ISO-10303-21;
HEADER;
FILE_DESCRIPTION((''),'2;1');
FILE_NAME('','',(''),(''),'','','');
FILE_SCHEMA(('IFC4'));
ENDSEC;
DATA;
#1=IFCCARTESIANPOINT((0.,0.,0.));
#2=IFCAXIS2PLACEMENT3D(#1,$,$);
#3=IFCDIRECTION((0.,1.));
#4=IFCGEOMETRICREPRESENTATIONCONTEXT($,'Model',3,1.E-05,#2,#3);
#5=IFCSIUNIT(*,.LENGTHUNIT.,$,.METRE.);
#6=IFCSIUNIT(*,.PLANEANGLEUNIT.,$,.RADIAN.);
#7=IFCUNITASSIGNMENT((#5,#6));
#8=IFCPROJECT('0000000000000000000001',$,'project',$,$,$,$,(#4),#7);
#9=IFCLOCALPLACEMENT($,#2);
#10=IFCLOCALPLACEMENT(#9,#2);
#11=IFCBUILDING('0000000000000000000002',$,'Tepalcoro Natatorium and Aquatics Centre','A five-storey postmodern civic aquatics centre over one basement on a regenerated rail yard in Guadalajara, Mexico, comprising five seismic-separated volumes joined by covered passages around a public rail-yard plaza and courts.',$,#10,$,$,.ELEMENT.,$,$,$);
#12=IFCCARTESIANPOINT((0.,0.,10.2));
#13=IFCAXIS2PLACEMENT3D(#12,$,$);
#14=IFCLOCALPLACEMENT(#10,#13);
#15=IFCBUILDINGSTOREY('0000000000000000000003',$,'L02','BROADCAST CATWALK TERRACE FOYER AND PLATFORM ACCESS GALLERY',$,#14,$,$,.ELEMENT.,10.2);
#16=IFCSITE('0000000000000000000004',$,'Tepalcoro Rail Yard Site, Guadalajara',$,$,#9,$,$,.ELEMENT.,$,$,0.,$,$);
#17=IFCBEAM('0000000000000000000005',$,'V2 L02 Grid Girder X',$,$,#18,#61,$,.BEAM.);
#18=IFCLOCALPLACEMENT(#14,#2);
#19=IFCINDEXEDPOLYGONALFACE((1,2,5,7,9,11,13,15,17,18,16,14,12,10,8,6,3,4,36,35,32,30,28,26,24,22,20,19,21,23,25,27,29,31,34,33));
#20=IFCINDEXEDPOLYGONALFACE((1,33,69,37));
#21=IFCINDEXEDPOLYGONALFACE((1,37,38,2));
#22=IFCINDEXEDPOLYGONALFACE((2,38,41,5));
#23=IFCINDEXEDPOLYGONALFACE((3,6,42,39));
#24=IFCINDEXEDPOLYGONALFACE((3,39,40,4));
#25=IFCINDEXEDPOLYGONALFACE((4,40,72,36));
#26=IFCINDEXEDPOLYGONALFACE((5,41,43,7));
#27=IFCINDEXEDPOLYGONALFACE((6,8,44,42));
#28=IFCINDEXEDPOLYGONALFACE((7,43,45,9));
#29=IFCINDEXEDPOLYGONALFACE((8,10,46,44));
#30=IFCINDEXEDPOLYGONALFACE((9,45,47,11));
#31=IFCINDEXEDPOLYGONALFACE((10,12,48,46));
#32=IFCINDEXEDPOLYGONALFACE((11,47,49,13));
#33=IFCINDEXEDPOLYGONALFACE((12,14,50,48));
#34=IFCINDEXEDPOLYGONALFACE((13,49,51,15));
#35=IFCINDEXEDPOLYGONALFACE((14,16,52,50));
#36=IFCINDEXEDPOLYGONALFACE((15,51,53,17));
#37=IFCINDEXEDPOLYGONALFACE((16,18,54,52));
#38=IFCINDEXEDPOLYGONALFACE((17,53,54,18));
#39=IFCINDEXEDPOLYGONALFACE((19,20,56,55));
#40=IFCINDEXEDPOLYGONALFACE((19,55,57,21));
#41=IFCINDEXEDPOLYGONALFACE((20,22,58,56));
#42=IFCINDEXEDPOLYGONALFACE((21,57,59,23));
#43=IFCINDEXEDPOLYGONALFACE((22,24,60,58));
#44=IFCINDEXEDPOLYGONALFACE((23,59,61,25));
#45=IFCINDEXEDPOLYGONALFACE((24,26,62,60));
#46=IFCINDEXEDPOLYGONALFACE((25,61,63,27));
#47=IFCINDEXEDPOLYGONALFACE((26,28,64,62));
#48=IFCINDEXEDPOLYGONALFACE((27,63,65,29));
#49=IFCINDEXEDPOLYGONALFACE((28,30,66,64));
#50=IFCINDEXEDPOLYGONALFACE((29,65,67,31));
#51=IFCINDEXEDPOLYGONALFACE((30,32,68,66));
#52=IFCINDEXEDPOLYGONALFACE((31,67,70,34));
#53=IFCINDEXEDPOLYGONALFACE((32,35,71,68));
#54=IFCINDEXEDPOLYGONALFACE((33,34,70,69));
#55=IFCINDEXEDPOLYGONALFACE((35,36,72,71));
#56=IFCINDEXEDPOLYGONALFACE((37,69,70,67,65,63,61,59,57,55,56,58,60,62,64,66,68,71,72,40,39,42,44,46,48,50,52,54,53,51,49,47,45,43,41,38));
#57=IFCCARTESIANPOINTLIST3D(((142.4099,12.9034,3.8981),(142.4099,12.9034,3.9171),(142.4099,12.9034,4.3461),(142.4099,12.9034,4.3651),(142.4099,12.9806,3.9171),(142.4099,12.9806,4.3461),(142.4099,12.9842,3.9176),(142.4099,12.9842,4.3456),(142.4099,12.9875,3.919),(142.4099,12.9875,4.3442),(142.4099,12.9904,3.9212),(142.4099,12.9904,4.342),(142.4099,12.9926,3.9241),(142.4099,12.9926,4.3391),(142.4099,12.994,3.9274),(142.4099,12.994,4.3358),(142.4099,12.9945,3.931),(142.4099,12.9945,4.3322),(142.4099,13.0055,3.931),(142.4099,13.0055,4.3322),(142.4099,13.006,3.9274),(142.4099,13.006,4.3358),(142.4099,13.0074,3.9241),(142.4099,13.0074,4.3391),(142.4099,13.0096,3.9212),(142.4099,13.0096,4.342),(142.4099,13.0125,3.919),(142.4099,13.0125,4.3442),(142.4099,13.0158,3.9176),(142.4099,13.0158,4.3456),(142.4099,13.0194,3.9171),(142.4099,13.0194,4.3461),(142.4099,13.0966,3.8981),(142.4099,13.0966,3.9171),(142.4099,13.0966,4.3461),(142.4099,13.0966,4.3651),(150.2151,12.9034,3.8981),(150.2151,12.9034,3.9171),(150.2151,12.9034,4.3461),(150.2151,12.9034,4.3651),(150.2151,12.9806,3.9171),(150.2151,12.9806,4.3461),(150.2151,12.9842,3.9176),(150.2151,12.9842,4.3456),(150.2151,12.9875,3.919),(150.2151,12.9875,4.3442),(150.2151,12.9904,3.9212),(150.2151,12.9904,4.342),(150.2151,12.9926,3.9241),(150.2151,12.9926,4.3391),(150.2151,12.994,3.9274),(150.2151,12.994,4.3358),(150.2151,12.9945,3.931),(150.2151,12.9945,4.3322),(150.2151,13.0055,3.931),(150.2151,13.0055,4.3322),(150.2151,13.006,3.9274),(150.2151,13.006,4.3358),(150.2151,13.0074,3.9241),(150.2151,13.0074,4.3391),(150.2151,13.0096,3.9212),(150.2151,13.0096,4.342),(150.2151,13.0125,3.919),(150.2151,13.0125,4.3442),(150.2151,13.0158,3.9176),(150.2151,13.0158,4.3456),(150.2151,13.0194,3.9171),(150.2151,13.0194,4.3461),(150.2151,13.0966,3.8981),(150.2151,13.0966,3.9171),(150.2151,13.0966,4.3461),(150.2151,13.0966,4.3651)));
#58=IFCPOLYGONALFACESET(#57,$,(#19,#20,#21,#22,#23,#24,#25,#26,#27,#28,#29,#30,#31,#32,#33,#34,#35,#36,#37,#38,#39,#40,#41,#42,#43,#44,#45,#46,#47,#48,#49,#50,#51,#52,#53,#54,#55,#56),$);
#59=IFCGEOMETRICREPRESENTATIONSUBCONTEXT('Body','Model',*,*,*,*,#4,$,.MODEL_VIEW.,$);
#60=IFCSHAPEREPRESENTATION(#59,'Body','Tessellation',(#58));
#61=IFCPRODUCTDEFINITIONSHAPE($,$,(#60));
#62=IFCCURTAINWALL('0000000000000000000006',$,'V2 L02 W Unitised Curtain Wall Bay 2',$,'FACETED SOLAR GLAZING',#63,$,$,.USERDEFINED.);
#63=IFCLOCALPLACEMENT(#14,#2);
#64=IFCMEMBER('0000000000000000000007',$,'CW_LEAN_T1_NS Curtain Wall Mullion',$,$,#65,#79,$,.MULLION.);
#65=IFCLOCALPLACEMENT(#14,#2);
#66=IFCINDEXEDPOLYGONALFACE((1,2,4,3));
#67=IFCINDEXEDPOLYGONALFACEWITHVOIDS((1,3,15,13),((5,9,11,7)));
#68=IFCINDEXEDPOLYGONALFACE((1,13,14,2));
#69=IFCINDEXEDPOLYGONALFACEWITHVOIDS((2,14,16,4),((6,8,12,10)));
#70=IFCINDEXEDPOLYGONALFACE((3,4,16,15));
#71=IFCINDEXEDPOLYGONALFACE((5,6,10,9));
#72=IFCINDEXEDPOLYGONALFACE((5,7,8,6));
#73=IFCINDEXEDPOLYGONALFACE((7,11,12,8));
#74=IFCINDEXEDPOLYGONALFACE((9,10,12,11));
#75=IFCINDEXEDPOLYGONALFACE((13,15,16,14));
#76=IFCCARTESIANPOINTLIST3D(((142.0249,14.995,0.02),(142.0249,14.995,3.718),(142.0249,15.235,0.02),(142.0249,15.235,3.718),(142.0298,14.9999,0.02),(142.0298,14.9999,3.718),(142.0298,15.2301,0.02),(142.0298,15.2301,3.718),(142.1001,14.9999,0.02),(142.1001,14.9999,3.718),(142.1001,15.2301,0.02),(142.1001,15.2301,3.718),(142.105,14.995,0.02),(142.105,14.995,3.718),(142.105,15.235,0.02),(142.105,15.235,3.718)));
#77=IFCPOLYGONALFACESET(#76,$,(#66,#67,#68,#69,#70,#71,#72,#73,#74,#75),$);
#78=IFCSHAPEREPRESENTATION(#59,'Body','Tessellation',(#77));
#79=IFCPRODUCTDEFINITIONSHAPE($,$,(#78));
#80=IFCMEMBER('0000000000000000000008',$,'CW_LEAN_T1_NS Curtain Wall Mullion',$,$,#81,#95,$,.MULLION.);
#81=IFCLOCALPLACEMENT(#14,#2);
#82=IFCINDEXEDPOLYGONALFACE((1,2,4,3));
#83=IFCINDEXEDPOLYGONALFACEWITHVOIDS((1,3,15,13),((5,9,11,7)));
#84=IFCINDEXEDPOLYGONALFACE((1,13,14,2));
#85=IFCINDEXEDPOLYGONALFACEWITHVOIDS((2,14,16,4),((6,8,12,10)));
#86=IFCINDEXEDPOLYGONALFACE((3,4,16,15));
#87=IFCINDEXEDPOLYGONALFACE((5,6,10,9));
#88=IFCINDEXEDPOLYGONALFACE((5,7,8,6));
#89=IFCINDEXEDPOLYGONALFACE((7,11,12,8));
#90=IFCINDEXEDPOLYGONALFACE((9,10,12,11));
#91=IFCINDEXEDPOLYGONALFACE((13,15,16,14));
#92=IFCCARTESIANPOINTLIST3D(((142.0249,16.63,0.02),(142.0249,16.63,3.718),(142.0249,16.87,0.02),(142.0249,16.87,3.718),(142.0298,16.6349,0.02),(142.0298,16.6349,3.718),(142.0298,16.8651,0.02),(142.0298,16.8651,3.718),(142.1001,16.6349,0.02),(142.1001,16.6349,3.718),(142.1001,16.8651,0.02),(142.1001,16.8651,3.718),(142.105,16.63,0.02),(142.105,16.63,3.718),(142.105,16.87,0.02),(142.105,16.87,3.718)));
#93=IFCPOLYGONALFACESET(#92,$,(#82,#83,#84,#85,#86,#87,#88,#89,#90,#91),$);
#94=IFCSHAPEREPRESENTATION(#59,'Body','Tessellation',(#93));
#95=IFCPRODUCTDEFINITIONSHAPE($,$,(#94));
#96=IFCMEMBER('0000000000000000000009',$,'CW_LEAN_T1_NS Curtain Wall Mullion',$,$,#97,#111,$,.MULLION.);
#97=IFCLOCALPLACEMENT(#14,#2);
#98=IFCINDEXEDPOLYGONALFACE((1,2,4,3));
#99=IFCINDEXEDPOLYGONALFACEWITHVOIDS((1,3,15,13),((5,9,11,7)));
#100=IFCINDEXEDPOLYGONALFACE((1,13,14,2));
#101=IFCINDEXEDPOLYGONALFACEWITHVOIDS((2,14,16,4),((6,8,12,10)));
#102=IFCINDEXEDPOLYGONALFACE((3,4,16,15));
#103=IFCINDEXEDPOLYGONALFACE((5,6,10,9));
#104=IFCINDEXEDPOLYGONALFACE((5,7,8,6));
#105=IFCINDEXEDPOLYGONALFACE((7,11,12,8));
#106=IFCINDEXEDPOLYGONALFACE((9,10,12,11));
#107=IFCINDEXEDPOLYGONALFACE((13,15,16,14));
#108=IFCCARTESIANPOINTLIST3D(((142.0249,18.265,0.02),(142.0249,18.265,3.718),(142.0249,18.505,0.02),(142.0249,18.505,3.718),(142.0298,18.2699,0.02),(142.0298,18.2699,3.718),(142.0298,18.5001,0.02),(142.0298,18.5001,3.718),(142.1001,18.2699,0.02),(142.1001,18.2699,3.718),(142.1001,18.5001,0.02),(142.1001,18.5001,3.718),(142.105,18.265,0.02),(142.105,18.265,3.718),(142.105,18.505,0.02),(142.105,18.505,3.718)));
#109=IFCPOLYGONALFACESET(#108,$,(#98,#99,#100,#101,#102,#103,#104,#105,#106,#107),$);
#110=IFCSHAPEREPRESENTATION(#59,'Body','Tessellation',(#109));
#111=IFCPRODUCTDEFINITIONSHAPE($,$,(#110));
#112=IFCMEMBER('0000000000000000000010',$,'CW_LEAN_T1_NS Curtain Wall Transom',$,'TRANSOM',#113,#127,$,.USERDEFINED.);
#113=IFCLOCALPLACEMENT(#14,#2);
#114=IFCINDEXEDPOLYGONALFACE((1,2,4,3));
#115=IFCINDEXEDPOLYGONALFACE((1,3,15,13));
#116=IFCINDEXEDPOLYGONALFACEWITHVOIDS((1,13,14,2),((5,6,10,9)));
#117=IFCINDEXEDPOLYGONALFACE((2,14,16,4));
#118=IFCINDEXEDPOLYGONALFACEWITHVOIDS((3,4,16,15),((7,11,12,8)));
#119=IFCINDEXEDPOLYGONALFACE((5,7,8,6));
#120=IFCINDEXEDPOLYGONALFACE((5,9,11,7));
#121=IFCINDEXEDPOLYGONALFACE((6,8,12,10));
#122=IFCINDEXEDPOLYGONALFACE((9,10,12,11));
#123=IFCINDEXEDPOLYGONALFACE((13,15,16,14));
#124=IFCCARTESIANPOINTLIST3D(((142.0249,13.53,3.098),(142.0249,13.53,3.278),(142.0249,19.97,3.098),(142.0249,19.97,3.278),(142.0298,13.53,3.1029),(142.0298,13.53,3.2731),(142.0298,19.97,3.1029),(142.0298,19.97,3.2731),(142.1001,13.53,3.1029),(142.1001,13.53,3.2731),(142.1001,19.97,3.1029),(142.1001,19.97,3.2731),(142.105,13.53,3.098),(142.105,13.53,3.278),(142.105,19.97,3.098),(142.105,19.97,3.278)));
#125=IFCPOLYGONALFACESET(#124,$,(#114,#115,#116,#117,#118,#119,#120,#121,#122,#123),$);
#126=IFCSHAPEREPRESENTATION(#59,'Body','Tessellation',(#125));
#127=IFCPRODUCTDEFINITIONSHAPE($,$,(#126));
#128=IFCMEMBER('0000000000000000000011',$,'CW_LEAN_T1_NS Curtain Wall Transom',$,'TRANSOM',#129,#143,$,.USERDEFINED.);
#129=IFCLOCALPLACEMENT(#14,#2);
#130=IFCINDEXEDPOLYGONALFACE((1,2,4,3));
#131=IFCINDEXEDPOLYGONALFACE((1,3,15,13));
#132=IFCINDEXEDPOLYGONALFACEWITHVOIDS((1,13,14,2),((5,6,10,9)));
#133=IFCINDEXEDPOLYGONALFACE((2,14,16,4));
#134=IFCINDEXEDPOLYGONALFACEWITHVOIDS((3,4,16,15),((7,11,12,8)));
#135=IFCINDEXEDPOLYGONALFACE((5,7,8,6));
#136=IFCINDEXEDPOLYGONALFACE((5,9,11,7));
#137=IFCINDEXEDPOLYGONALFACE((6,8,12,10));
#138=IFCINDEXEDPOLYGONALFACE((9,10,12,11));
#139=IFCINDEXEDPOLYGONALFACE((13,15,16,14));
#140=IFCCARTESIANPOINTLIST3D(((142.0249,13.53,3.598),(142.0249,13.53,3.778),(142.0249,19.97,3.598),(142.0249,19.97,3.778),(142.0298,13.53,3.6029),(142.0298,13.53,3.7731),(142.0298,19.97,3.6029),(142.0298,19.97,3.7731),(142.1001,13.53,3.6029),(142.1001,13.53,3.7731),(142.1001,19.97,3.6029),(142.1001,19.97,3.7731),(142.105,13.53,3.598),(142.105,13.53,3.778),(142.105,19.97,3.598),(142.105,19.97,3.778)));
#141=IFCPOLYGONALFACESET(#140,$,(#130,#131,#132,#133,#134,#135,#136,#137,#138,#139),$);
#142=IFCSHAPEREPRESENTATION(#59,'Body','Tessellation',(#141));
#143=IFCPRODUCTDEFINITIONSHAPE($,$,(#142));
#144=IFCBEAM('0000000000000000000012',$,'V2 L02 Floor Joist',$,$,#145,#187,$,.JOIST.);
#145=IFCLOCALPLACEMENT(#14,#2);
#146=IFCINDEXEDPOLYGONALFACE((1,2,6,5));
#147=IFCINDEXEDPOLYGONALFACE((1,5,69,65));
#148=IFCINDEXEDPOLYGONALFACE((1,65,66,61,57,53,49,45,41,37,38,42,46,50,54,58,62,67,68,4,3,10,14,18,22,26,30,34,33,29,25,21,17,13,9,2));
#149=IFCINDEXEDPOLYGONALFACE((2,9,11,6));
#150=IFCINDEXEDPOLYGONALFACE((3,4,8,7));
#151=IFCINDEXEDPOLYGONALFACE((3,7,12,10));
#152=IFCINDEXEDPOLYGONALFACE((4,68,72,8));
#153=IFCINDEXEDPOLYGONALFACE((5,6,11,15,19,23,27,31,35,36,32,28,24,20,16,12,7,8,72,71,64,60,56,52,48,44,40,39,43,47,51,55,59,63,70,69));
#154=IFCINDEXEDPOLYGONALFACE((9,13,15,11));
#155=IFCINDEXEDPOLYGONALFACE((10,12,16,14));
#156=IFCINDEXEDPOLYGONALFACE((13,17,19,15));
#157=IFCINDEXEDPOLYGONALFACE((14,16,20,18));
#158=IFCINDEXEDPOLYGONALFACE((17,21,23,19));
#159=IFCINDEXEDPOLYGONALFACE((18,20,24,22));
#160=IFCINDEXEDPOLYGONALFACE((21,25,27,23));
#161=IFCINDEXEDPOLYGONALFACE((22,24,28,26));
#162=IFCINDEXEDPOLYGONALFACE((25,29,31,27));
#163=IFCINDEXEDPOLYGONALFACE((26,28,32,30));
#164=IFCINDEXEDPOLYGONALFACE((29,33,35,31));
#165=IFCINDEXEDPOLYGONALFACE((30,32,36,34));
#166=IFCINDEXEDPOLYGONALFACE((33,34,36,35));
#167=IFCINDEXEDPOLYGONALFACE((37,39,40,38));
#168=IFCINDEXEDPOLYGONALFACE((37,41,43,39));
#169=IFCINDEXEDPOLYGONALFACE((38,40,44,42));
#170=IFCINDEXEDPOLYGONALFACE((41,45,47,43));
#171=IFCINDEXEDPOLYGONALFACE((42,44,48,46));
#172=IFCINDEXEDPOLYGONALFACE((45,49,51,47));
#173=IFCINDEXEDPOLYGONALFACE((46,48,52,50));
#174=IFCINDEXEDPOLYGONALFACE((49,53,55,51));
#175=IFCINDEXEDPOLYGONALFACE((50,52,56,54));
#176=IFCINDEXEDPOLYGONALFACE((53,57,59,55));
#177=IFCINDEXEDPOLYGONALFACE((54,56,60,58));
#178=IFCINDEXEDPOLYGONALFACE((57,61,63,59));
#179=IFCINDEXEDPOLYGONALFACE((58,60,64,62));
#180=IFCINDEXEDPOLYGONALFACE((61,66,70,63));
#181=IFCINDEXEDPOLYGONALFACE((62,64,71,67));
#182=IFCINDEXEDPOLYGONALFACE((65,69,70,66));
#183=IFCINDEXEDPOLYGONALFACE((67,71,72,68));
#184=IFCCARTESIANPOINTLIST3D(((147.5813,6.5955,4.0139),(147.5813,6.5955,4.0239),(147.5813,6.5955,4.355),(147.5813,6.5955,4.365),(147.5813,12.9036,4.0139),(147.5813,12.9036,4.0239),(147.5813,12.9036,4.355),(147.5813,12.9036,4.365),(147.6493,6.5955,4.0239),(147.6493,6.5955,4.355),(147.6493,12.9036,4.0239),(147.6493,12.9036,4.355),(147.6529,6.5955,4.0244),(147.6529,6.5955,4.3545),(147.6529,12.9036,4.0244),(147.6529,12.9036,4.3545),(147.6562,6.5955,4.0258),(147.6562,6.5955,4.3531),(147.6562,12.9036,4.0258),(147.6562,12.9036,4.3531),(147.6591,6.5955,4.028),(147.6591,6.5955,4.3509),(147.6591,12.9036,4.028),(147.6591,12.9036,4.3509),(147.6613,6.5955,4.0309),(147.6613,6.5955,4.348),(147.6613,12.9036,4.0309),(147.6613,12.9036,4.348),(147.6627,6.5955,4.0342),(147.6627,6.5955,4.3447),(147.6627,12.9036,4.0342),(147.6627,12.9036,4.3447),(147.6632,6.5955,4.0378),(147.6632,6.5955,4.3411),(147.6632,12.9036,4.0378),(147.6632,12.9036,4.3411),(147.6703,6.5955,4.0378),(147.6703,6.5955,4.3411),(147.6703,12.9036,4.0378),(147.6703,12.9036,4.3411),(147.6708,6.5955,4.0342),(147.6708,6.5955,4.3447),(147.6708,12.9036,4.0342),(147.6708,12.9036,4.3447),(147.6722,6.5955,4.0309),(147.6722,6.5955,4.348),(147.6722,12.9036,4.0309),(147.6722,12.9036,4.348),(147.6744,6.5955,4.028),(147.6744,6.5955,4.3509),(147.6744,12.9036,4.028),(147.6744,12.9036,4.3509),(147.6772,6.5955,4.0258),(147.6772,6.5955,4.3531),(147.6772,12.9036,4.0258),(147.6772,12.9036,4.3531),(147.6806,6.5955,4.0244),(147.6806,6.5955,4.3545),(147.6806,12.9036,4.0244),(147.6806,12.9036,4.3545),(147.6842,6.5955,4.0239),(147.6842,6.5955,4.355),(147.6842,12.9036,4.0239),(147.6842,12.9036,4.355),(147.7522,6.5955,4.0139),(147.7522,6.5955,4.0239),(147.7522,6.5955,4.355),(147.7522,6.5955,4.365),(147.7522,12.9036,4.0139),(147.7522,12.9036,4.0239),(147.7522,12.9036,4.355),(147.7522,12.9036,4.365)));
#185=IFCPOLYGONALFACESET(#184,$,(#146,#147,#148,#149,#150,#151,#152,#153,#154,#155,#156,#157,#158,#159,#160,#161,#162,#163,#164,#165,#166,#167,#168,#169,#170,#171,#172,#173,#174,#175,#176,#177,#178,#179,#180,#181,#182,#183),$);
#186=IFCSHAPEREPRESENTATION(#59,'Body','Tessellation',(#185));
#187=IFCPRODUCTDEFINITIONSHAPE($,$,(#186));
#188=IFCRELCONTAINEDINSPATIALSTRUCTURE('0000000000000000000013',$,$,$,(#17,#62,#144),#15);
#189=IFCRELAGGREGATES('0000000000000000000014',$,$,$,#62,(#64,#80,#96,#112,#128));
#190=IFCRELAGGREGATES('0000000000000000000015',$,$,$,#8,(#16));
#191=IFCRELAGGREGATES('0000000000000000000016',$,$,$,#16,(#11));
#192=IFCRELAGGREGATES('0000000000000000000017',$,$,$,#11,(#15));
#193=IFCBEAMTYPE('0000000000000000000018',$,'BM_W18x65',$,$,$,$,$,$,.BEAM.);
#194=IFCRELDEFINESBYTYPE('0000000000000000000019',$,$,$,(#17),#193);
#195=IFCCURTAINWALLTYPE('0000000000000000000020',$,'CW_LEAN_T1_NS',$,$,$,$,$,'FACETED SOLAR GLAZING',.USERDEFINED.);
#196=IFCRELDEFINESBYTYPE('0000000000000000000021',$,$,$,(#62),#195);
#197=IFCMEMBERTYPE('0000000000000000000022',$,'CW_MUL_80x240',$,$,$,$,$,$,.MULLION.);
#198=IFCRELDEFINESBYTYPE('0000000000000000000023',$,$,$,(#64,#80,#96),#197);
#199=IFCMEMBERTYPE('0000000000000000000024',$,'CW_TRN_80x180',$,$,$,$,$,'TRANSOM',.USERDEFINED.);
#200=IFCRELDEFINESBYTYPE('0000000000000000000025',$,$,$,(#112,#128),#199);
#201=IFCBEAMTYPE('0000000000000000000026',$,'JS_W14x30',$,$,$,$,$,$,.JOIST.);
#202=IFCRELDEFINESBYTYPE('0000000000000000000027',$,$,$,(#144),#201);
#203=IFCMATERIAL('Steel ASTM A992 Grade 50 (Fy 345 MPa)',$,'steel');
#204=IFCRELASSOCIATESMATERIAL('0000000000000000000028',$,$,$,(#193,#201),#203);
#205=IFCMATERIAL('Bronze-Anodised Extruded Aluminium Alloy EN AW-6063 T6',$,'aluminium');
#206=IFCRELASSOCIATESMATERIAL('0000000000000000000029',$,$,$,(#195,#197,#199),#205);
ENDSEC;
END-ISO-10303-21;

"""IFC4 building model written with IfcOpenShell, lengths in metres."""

from ifc_helpers import new_model, si_unit, direction, frame, origin, origin_2d, place, context, subcontext, project, spatial, hollow_rectangle, i_section, extrude, material, material_profile, profile_set, type_object, element, aggregate, save


model = new_model("IFC4")

# Units and contexts
model_context = context("Model", 3, precision=1e-05, world=origin(), true_north=direction((0.0, 1.0)))
body_context = subcontext(model_context, "Body", "Model", "MODEL_VIEW")
ifc_project = project(units=[si_unit("LENGTHUNIT", "METRE"), si_unit("PLANEANGLEUNIT", "RADIAN")], contexts=[model_context])

# Site, building, storey
site_placement = place(None, origin())
site = spatial("IfcSite", under=ifc_project, at=site_placement, Name="Tepalcoro Rail Yard Site, Guadalajara", CompositionType="ELEMENT", RefElevation=0.0)
building_placement = place(site_placement, origin())
building = spatial("IfcBuilding", under=site, at=building_placement, Name="Tepalcoro Natatorium and Aquatics Centre", Description="A five-storey postmodern civic aquatics centre over one basement on a regenerated rail yard in Guadalajara, Mexico, comprising five seismic-separated volumes joined by covered passages around a public rail-yard plaza and courts.", CompositionType="ELEMENT")
storey_placement = place(building_placement, frame((0.0, 0.0, 10.2)))
storey = spatial("IfcBuildingStorey", under=building, at=storey_placement, Name="L02", Description="BROADCAST CATWALK TERRACE FOYER AND PLATFORM ACCESS GALLERY", CompositionType="ELEMENT", Elevation=10.2)

# Beam
ifc_material_1 = material(Name="Steel ASTM A992 Grade 50 (Fy 345 MPa)", Category="steel")
ifc_material_profile_1 = material_profile(ifc_material_1, i_section(OverallWidth=0.1931, OverallDepth=0.467, WebThickness=0.011, FlangeThickness=0.019, FilletRadius=0.0139, at=origin_2d()), Name="W18X65")
ifc_profile_set_1 = profile_set([ifc_material_profile_1], Name="Steel ASTM A992 Grade 50 (Fy 345 MPa)")
beam_type_1 = type_object("IfcBeamType", Name="BM_W18x65", PredefinedType="BEAM", material=ifc_profile_set_1)
beam_1_placement = place(storey_placement, frame((142.4099, 13.0, 4.1316), z_axis=(1.0, 0.0, 0.0), x_axis=(0.0, 1.0, 0.0)))
element("IfcBeam", 1, at=beam_1_placement, inside=storey, type_object=beam_type_1, Name="V2 L02 Grid Girder X", PredefinedType="BEAM", context=body_context, shape_type="SweptSolid", body=[
    extrude(i_section(OverallWidth=0.1931, OverallDepth=0.467, WebThickness=0.011, FlangeThickness=0.019, FilletRadius=0.0139, at=origin_2d()), origin(), (0.0, 0.0, 1.0), 7.8052),
])

# Curtain wall, members
ifc_material_2 = material(Name="Bronze-Anodised Extruded Aluminium Alloy EN AW-6063 T6", Category="aluminium")
curtain_wall_type = type_object("IfcCurtainWallType", Name="CW_LEAN_T1_NS", ElementType="FACETED SOLAR GLAZING", PredefinedType="USERDEFINED", material=ifc_material_2)
curtain_wall_placement = place(storey_placement, origin())
curtain_wall = element("IfcCurtainWall", 2, at=curtain_wall_placement, inside=storey, type_object=curtain_wall_type, Name="V2 L02 W Unitised Curtain Wall Bay 2", ObjectType="FACETED SOLAR GLAZING", PredefinedType="USERDEFINED")
ifc_material_profile_2 = material_profile(ifc_material_2, hollow_rectangle(XDim=0.0801, YDim=0.24, WallThickness=0.0049, at=origin_2d()), Name="AL80X240X5")
ifc_profile_set_2 = profile_set([ifc_material_profile_2], Name="Bronze-Anodised Extruded Aluminium Alloy EN AW-6063 T6")
member_type_1 = type_object("IfcMemberType", Name="CW_MUL_80x240", PredefinedType="MULLION", material=ifc_profile_set_2)
member_1_placement = place(storey_placement, frame((142.0649, 15.115, 0.02), z_axis=(0.0, 0.0, 1.0), x_axis=(1.0, 0.0, 0.0)))
member_1 = element("IfcMember", 3, at=member_1_placement, type_object=member_type_1, Name="CW_LEAN_T1_NS Curtain Wall Mullion", PredefinedType="MULLION", context=body_context, shape_type="SweptSolid", body=[
    extrude(hollow_rectangle(XDim=0.0801, YDim=0.24, WallThickness=0.0049, at=origin_2d()), origin(), (0.0, 0.0, 1.0), 3.698),
])
member_2_placement = place(storey_placement, frame((142.0649, 16.75, 0.02), z_axis=(0.0, 0.0, 1.0), x_axis=(1.0, 0.0, 0.0)))
member_2 = element("IfcMember", 4, at=member_2_placement, type_object=member_type_1, Name="CW_LEAN_T1_NS Curtain Wall Mullion", PredefinedType="MULLION", context=body_context, shape_type="SweptSolid", body=[
    extrude(hollow_rectangle(XDim=0.0801, YDim=0.24, WallThickness=0.0049, at=origin_2d()), origin(), (0.0, 0.0, 1.0), 3.698),
])
member_3_placement = place(storey_placement, frame((142.0649, 18.385, 0.02), z_axis=(0.0, 0.0, 1.0), x_axis=(1.0, 0.0, 0.0)))
member_3 = element("IfcMember", 5, at=member_3_placement, type_object=member_type_1, Name="CW_LEAN_T1_NS Curtain Wall Mullion", PredefinedType="MULLION", context=body_context, shape_type="SweptSolid", body=[
    extrude(hollow_rectangle(XDim=0.0801, YDim=0.24, WallThickness=0.0049, at=origin_2d()), origin(), (0.0, 0.0, 1.0), 3.698),
])
ifc_material_profile_3 = material_profile(ifc_material_2, hollow_rectangle(XDim=0.0801, YDim=0.1799, WallThickness=0.0049, at=origin_2d()), Name="AL80X180X5")
ifc_profile_set_3 = profile_set([ifc_material_profile_3], Name="Bronze-Anodised Extruded Aluminium Alloy EN AW-6063 T6")
member_type_2 = type_object("IfcMemberType", Name="CW_TRN_80x180", ElementType="TRANSOM", PredefinedType="USERDEFINED", material=ifc_profile_set_3)
member_4_placement = place(storey_placement, frame((142.0649, 13.53, 3.188), z_axis=(0.0, 1.0, 0.0), x_axis=(-1.0, 0.0, 0.0)))
member_4 = element("IfcMember", 6, at=member_4_placement, type_object=member_type_2, Name="CW_LEAN_T1_NS Curtain Wall Transom", ObjectType="TRANSOM", PredefinedType="USERDEFINED", context=body_context, shape_type="SweptSolid", body=[
    extrude(hollow_rectangle(XDim=0.0801, YDim=0.1799, WallThickness=0.0049, at=origin_2d()), origin(), (0.0, 0.0, 1.0), 6.4399),
])
member_5_placement = place(storey_placement, frame((142.0649, 13.53, 3.688), z_axis=(0.0, 1.0, 0.0), x_axis=(-1.0, 0.0, 0.0)))
member_5 = element("IfcMember", 7, at=member_5_placement, type_object=member_type_2, Name="CW_LEAN_T1_NS Curtain Wall Transom", ObjectType="TRANSOM", PredefinedType="USERDEFINED", context=body_context, shape_type="SweptSolid", body=[
    extrude(hollow_rectangle(XDim=0.0801, YDim=0.1799, WallThickness=0.0049, at=origin_2d()), origin(), (0.0, 0.0, 1.0), 6.4399),
])

# Beam
ifc_material_profile_4 = material_profile(ifc_material_1, i_section(OverallWidth=0.1709, OverallDepth=0.3511, WebThickness=0.0071, FlangeThickness=0.01, FilletRadius=0.0139, at=origin_2d()), Name="W14X30")
ifc_profile_set_4 = profile_set([ifc_material_profile_4], Name="Steel ASTM A992 Grade 50 (Fy 345 MPa)")
beam_type_2 = type_object("IfcBeamType", Name="JS_W14x30", PredefinedType="JOIST", material=ifc_profile_set_4)
beam_2_placement = place(storey_placement, frame((147.6667, 6.5955, 4.1895), z_axis=(0.0, 1.0, 0.0), x_axis=(-1.0, 0.0, 0.0)))
element("IfcBeam", 8, at=beam_2_placement, inside=storey, type_object=beam_type_2, Name="V2 L02 Floor Joist", PredefinedType="JOIST", context=body_context, shape_type="SweptSolid", body=[
    extrude(i_section(OverallWidth=0.1709, OverallDepth=0.3511, WebThickness=0.0071, FlangeThickness=0.01, FilletRadius=0.0139, at=origin_2d()), origin(), (0.0, 0.0, 1.0), 6.3081),
])

aggregate(curtain_wall, [member_1, member_2, member_3, member_4, member_5])

save(model, "model.ifc")
